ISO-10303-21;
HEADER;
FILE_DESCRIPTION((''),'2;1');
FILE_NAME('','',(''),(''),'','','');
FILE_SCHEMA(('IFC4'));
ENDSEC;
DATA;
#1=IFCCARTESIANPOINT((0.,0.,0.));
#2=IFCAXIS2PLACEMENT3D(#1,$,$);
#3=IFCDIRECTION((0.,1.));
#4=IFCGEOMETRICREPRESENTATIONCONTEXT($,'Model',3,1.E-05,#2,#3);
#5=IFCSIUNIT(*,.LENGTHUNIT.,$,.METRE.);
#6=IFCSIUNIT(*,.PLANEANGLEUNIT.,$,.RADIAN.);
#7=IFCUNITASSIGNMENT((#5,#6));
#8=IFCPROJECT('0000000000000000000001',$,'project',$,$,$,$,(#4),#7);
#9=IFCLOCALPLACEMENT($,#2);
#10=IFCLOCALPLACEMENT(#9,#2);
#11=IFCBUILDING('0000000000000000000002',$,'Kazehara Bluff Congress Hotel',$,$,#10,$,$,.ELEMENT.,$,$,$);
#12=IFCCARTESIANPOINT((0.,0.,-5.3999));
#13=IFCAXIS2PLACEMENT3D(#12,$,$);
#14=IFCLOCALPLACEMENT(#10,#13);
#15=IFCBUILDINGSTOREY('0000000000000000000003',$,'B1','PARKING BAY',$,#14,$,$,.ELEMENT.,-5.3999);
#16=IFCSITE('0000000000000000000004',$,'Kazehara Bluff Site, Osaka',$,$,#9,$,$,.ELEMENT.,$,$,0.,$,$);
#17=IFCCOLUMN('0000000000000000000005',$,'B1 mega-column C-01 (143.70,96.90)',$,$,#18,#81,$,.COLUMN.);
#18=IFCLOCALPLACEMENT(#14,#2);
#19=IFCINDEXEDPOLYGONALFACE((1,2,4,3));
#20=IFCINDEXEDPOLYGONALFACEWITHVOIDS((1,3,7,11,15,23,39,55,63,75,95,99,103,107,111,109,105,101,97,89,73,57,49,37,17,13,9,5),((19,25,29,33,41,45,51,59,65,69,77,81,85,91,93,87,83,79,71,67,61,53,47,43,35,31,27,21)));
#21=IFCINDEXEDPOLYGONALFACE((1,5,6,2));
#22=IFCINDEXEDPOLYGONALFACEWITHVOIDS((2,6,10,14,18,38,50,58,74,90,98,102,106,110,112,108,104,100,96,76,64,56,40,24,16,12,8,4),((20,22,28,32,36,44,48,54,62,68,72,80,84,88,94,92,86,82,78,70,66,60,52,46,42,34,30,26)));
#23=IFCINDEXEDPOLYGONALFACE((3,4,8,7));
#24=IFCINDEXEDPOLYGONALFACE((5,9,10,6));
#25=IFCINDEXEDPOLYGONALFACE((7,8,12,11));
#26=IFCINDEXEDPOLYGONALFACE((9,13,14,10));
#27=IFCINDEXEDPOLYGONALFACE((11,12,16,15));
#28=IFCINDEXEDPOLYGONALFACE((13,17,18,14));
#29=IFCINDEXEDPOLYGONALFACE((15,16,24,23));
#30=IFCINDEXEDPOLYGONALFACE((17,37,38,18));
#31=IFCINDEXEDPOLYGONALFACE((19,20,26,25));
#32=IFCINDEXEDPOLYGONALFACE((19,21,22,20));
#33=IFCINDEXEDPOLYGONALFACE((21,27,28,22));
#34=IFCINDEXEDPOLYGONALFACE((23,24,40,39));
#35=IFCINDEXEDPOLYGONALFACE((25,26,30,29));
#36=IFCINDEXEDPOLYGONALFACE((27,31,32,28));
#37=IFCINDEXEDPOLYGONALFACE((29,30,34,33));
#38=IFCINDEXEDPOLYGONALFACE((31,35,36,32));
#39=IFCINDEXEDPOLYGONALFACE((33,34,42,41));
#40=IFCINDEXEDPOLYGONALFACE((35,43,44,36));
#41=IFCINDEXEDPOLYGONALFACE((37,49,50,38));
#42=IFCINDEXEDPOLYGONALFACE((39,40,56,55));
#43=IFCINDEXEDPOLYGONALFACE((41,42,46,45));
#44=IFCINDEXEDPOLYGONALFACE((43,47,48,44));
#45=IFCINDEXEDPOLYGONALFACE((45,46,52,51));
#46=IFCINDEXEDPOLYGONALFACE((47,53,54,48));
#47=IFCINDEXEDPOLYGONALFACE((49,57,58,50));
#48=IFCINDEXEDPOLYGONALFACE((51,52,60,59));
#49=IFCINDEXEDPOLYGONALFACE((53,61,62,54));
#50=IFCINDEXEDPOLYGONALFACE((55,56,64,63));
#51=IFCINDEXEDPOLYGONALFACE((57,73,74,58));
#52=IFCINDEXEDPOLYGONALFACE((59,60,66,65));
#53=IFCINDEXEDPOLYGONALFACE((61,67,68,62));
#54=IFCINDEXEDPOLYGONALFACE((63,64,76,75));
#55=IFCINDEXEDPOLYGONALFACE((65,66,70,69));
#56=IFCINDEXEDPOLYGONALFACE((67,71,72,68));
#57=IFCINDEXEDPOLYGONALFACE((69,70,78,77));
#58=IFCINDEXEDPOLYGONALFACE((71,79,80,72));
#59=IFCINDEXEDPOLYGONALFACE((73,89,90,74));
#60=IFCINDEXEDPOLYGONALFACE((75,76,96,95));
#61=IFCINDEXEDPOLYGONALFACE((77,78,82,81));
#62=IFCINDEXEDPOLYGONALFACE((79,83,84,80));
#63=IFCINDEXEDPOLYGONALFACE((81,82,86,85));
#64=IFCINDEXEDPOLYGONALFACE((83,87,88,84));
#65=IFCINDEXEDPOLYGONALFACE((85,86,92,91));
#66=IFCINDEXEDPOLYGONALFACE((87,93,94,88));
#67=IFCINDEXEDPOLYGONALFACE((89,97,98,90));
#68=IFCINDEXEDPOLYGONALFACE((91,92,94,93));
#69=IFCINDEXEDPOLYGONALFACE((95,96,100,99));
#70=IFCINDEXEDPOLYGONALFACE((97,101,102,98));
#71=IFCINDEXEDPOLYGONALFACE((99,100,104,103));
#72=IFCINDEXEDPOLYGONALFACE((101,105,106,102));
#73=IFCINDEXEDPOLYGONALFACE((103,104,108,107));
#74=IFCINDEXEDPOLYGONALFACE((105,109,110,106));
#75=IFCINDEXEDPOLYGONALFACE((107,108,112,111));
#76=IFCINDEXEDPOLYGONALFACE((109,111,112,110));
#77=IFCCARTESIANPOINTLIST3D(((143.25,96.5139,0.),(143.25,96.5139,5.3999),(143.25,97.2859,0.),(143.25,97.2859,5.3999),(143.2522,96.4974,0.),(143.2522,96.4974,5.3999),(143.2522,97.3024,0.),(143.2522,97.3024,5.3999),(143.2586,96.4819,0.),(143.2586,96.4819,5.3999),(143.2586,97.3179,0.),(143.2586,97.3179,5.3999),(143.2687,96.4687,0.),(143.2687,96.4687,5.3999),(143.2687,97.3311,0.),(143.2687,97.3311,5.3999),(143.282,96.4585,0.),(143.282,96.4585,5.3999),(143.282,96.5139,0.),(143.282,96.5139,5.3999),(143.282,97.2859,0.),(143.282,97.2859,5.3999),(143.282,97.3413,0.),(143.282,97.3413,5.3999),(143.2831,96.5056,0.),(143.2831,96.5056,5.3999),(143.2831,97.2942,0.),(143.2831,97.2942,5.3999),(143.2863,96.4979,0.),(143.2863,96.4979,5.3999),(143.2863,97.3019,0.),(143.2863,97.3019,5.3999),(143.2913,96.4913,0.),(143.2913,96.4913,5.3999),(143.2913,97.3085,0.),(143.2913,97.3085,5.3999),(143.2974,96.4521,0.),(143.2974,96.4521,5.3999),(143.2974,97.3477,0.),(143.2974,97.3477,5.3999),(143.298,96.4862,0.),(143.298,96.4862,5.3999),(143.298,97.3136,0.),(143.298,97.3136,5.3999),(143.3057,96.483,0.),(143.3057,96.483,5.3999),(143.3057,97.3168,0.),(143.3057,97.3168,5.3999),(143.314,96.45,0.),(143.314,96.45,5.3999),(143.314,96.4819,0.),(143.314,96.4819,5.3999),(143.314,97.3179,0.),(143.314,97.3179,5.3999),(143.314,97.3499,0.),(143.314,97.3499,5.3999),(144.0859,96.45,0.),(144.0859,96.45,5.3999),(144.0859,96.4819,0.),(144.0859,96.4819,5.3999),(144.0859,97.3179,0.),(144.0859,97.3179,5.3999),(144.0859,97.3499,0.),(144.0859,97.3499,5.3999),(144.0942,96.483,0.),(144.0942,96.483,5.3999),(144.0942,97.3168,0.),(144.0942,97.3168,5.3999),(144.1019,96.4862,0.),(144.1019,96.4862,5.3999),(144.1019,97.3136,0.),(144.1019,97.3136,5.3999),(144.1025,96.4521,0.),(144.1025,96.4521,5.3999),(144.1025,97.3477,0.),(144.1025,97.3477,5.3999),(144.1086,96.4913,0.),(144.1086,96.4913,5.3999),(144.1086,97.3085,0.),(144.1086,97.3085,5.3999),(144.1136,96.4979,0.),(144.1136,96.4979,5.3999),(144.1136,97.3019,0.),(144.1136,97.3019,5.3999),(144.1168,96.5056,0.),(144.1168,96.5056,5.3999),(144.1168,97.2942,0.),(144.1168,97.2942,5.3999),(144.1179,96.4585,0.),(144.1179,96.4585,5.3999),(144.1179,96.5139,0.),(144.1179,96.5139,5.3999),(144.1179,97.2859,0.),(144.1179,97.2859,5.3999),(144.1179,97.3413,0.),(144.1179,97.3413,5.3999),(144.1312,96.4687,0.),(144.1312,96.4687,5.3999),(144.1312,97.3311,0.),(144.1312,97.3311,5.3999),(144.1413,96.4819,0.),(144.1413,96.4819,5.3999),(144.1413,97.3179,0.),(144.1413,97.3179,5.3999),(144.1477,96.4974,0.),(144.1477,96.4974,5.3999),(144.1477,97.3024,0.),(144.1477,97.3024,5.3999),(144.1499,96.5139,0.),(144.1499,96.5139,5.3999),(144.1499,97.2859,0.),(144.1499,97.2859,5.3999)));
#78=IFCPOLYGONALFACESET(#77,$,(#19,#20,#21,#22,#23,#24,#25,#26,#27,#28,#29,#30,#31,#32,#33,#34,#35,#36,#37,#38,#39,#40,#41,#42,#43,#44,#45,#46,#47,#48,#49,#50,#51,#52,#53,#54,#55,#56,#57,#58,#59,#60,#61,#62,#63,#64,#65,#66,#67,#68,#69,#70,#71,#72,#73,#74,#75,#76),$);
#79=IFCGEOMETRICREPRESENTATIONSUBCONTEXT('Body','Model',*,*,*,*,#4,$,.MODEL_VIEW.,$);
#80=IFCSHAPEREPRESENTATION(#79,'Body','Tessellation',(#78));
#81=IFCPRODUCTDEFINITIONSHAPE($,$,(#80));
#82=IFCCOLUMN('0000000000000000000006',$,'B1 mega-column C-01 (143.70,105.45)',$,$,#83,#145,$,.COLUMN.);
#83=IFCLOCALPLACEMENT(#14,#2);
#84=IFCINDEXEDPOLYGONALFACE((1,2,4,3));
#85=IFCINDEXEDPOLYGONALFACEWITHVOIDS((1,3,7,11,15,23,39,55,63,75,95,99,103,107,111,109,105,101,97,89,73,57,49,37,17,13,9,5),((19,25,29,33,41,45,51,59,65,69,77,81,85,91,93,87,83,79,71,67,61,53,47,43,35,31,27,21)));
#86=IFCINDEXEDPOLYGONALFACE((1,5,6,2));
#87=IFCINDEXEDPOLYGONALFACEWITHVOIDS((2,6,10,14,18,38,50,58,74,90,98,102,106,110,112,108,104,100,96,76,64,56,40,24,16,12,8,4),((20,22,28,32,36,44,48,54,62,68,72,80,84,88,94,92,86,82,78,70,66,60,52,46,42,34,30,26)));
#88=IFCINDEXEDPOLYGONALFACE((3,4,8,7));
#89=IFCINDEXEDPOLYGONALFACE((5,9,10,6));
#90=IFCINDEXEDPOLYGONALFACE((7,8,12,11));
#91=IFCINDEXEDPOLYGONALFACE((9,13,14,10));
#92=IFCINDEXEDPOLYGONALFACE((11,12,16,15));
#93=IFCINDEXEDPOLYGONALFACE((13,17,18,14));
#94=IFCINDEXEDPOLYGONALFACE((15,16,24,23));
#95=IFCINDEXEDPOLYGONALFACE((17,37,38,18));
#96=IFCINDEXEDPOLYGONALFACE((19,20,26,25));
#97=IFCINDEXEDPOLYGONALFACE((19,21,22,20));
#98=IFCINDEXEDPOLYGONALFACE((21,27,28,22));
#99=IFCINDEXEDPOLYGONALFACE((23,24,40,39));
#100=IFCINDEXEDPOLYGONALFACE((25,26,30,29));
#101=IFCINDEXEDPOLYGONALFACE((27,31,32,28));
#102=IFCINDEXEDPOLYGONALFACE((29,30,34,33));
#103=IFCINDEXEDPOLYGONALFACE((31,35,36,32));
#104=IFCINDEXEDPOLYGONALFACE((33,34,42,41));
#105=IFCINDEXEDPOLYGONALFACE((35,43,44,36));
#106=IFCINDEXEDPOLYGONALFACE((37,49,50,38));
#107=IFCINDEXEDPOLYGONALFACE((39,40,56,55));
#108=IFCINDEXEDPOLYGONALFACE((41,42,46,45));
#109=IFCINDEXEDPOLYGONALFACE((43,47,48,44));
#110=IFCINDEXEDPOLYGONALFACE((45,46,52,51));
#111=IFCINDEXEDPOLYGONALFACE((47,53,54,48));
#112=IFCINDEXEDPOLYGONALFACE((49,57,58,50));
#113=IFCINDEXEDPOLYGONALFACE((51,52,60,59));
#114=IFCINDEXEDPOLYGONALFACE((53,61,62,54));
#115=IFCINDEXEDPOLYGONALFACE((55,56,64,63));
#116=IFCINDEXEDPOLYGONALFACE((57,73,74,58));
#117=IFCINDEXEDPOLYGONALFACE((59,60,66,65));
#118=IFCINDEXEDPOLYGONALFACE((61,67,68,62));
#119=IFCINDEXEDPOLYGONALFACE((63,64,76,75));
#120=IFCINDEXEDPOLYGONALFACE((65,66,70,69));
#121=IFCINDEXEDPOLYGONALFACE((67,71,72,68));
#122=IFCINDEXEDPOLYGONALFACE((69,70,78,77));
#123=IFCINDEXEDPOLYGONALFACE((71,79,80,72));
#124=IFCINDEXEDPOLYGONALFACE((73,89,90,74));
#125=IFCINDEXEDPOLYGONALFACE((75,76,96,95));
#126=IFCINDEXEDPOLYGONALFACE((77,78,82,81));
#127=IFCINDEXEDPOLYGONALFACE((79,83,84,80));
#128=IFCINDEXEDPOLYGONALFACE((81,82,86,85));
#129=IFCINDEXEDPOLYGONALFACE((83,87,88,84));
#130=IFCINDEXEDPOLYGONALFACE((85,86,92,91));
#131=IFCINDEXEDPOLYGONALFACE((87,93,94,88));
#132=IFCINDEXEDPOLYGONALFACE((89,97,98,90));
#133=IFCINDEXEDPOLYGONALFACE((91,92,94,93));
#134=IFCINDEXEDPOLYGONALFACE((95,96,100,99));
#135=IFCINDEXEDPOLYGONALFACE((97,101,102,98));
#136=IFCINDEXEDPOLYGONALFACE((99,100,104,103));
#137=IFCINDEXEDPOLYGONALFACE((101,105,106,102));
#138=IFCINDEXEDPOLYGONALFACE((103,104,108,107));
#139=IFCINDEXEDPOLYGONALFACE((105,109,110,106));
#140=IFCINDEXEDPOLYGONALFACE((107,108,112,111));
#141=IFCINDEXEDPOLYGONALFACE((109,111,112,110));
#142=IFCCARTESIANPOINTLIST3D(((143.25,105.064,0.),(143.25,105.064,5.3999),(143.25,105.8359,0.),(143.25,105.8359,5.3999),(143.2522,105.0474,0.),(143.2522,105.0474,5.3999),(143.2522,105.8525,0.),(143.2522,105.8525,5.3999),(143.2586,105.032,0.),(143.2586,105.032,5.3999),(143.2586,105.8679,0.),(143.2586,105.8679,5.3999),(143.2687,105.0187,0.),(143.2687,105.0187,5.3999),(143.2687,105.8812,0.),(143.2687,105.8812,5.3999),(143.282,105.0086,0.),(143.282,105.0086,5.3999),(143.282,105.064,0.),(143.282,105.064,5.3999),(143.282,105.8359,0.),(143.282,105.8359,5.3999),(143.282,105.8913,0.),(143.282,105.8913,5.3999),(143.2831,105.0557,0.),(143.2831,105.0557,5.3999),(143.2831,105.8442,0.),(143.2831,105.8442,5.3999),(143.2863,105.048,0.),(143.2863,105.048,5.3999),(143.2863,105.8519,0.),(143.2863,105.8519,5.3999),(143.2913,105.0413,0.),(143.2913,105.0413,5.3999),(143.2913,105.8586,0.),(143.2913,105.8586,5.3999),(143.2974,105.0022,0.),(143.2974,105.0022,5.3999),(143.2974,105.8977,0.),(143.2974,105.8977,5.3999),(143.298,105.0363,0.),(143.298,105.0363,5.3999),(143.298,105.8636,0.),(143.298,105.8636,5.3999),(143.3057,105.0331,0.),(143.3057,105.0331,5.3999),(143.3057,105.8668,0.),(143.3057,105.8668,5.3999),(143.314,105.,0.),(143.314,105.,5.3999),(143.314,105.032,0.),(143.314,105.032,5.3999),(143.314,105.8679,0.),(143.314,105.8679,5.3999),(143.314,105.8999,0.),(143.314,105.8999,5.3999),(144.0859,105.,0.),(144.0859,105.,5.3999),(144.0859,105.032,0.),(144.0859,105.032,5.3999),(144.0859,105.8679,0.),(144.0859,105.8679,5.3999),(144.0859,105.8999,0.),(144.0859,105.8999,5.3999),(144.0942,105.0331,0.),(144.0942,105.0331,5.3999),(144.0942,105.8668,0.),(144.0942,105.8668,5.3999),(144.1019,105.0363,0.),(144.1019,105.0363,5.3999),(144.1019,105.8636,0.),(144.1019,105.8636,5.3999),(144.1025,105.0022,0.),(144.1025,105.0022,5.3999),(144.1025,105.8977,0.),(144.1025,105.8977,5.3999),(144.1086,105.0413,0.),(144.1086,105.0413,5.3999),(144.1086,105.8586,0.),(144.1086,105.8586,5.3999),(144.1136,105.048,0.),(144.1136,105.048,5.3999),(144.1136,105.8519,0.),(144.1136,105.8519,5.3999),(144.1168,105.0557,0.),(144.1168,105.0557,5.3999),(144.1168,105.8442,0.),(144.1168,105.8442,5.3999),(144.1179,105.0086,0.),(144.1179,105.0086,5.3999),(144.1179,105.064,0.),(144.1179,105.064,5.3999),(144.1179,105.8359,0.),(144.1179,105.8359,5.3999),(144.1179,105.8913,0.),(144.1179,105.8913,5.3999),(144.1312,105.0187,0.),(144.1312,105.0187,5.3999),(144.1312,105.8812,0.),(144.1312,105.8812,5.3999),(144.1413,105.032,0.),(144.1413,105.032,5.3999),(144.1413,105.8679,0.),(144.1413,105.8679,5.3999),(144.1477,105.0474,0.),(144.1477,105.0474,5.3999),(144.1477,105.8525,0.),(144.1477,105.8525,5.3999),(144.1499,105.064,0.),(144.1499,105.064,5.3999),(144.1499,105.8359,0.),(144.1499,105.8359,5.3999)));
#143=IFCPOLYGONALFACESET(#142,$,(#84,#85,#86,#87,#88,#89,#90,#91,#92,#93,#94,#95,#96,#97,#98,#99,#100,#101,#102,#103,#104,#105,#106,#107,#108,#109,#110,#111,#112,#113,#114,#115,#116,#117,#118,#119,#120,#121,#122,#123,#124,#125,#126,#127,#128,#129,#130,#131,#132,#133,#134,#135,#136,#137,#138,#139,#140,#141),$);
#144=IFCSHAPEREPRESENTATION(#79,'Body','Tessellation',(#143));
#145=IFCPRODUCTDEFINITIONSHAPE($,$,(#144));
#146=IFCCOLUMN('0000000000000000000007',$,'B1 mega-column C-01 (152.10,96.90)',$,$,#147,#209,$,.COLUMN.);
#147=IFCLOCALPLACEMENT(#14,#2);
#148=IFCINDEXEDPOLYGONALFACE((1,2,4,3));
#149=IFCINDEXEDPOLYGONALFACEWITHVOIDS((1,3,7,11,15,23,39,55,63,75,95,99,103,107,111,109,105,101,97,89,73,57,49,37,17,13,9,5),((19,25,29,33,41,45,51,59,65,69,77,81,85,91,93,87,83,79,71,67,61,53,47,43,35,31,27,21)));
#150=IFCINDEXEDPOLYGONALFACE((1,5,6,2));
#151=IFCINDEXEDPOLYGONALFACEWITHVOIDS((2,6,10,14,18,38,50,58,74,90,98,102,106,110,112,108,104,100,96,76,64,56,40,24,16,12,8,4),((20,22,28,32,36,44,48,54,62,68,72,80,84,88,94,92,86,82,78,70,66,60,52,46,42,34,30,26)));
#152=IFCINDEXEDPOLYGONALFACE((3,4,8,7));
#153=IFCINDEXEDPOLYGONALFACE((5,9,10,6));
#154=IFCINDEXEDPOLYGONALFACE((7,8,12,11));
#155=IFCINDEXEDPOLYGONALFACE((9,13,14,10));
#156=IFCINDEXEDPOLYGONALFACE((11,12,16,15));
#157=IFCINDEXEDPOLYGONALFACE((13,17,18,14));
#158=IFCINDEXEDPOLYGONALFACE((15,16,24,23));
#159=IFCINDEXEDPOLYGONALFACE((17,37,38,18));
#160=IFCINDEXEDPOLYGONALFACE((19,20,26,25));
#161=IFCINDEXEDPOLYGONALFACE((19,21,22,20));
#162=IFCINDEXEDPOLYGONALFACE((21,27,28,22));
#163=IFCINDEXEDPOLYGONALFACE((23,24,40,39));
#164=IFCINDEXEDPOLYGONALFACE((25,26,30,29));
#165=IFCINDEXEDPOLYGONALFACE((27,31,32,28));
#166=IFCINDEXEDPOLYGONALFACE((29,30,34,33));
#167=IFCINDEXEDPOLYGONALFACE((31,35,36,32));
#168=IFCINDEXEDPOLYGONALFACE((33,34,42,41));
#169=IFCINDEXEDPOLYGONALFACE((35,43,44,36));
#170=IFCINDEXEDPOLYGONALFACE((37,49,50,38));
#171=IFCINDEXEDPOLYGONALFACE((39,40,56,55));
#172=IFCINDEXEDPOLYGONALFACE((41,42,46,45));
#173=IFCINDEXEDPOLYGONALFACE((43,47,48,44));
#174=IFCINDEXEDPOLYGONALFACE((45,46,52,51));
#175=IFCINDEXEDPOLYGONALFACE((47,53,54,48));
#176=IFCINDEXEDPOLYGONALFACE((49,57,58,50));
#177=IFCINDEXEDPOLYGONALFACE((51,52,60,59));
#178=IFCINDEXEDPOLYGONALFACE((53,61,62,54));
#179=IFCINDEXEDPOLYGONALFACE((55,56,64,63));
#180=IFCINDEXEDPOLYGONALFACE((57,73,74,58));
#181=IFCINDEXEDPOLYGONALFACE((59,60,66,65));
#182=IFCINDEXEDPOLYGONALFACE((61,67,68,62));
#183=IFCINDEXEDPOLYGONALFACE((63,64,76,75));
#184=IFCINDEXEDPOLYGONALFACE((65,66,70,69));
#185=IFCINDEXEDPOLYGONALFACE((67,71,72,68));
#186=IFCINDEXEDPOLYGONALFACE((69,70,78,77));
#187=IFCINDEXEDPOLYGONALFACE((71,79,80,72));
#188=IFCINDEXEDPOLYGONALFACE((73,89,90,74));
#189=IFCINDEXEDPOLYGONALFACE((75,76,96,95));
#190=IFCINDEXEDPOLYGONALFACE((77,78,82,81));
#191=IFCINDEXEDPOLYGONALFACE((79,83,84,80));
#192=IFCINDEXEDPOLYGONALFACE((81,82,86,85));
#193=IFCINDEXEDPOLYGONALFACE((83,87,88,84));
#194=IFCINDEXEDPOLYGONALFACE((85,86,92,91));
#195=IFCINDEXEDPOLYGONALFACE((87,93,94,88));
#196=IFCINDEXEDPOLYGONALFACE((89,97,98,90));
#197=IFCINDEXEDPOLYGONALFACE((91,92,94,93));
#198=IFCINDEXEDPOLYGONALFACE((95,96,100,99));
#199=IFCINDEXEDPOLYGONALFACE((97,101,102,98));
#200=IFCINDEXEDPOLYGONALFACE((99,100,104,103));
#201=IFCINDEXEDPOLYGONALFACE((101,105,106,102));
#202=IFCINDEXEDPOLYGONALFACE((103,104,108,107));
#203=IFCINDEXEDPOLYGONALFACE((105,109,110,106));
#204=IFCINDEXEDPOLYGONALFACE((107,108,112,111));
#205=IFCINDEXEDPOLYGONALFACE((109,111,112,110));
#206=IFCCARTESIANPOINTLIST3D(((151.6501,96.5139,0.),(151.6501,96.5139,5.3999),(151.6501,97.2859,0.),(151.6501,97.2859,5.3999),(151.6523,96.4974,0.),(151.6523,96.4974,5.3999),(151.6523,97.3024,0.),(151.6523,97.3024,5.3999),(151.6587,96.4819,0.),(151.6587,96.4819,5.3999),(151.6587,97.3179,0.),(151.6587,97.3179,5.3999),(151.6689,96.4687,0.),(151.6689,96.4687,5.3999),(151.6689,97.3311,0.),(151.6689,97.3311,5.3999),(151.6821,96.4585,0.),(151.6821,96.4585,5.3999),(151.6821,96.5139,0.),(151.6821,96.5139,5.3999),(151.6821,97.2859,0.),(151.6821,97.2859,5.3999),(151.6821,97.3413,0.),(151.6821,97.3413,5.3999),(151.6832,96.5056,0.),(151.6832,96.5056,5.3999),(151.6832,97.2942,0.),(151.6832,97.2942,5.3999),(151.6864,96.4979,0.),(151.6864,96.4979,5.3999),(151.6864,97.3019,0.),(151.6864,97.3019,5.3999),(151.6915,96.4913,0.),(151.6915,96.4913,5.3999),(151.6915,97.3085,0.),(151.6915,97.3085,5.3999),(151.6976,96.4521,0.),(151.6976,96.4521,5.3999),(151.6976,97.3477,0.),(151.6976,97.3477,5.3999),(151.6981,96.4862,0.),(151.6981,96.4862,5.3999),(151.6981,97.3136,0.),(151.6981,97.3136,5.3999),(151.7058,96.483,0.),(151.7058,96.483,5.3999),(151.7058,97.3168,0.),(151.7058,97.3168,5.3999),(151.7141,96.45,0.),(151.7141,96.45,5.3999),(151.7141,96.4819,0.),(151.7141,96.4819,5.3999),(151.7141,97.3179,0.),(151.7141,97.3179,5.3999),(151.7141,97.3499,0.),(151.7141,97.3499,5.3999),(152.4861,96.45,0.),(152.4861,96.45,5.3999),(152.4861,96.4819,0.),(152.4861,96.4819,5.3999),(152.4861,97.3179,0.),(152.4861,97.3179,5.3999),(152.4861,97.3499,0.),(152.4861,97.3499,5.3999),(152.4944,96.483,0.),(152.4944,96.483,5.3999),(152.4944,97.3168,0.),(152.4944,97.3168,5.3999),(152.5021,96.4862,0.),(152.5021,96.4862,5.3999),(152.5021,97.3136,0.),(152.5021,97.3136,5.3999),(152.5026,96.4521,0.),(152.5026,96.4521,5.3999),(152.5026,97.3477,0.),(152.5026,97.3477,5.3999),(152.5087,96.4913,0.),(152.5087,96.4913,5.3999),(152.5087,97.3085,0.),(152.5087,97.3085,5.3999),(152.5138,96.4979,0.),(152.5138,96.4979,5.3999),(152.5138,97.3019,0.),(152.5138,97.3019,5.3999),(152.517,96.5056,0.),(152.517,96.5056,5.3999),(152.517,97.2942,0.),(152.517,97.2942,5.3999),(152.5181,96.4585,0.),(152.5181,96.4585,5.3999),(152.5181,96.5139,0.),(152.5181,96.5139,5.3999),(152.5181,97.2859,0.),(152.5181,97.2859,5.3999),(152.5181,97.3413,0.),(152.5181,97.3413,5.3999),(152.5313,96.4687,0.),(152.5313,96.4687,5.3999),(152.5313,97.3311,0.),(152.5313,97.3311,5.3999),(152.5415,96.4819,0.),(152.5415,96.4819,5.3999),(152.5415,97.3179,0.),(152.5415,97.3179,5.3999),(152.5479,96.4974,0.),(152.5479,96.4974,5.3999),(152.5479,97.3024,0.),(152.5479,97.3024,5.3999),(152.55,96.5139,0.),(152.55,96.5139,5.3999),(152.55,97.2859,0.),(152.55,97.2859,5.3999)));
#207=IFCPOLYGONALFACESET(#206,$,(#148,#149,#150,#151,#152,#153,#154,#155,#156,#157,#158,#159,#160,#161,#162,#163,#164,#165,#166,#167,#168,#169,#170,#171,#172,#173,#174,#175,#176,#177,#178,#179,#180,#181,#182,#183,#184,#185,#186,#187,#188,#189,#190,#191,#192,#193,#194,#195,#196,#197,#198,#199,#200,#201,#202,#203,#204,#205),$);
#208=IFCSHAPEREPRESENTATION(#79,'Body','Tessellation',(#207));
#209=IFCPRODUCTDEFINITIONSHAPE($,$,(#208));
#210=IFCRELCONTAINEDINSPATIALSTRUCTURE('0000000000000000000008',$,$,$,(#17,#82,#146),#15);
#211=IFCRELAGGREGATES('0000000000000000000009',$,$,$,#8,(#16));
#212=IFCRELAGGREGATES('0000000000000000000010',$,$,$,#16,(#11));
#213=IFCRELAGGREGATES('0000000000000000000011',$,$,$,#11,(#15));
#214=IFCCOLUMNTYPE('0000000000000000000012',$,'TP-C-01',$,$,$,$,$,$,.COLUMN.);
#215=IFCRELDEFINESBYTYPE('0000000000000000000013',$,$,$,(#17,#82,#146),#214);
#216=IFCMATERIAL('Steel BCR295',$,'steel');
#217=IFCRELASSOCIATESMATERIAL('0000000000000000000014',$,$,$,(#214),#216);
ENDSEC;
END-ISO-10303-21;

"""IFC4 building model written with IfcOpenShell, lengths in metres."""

from ifc_helpers import new_model, si_unit, direction, frame, origin, origin_2d, place, context, subcontext, project, spatial, hollow_rectangle, extrude, material, material_profile, profile_set, type_object, element, save


model = new_model("IFC4")

# Units and contexts
model_context = context("Model", 3, precision=1e-05, world=origin(), true_north=direction((0.0, 1.0)))
body_context = subcontext(model_context, "Body", "Model", "MODEL_VIEW")
ifc_project = project(units=[si_unit("LENGTHUNIT", "METRE"), si_unit("PLANEANGLEUNIT", "RADIAN")], contexts=[model_context])

# Site, building, storey
site_placement = place(None, origin())
site = spatial("IfcSite", under=ifc_project, at=site_placement, Name="Kazehara Bluff Site, Osaka", CompositionType="ELEMENT", RefElevation=0.0)
building_placement = place(site_placement, origin())
building = spatial("IfcBuilding", under=site, at=building_placement, Name="Kazehara Bluff Congress Hotel", CompositionType="ELEMENT")
storey_placement = place(building_placement, frame((0.0, 0.0, -5.3999)))
storey = spatial("IfcBuildingStorey", under=building, at=storey_placement, Name="B1", Description="PARKING BAY", CompositionType="ELEMENT", Elevation=-5.3999)

# Columns
ifc_material_1 = material(Name="Steel BCR295", Category="steel")
ifc_material_profile_1 = material_profile(ifc_material_1, hollow_rectangle(XDim=0.8999, YDim=0.8999, WallThickness=0.032, InnerFilletRadius=0.032, OuterFilletRadius=0.064, at=origin_2d()))
ifc_profile_set_1 = profile_set([ifc_material_profile_1], Name="Steel BCR295")
column_type = type_object("IfcColumnType", Name="TP-C-01", PredefinedType="COLUMN", material=ifc_profile_set_1)
for number, where, z_axis, x_axis, name in (
    (1, (143.7, 96.8999, 0.0), (0.0, 0.0, 1.0), (1.0, 0.0, 0.0), "B1 mega-column C-01 (143.70,96.90)"),
    (2, (143.7, 105.45, 0.0), (0.0, 0.0, 1.0), (1.0, 0.0, 0.0), "B1 mega-column C-01 (143.70,105.45)"),
    (3, (152.1001, 96.8999, 0.0), (0.0, 0.0, 1.0), (1.0, 0.0, 0.0), "B1 mega-column C-01 (152.10,96.90)"),
):
    element("IfcColumn", number, at=place(storey_placement, frame(where, z_axis=z_axis, x_axis=x_axis)), inside=storey, type_object=column_type, Name=name, PredefinedType="COLUMN", context=body_context, shape_type="SweptSolid", body=[
        extrude(hollow_rectangle(XDim=0.8999, YDim=0.8999, WallThickness=0.032, InnerFilletRadius=0.032, OuterFilletRadius=0.064, at=origin_2d()), origin(), (0.0, 0.0, 1.0), 5.3999),
    ])

save(model, "model.ifc")
